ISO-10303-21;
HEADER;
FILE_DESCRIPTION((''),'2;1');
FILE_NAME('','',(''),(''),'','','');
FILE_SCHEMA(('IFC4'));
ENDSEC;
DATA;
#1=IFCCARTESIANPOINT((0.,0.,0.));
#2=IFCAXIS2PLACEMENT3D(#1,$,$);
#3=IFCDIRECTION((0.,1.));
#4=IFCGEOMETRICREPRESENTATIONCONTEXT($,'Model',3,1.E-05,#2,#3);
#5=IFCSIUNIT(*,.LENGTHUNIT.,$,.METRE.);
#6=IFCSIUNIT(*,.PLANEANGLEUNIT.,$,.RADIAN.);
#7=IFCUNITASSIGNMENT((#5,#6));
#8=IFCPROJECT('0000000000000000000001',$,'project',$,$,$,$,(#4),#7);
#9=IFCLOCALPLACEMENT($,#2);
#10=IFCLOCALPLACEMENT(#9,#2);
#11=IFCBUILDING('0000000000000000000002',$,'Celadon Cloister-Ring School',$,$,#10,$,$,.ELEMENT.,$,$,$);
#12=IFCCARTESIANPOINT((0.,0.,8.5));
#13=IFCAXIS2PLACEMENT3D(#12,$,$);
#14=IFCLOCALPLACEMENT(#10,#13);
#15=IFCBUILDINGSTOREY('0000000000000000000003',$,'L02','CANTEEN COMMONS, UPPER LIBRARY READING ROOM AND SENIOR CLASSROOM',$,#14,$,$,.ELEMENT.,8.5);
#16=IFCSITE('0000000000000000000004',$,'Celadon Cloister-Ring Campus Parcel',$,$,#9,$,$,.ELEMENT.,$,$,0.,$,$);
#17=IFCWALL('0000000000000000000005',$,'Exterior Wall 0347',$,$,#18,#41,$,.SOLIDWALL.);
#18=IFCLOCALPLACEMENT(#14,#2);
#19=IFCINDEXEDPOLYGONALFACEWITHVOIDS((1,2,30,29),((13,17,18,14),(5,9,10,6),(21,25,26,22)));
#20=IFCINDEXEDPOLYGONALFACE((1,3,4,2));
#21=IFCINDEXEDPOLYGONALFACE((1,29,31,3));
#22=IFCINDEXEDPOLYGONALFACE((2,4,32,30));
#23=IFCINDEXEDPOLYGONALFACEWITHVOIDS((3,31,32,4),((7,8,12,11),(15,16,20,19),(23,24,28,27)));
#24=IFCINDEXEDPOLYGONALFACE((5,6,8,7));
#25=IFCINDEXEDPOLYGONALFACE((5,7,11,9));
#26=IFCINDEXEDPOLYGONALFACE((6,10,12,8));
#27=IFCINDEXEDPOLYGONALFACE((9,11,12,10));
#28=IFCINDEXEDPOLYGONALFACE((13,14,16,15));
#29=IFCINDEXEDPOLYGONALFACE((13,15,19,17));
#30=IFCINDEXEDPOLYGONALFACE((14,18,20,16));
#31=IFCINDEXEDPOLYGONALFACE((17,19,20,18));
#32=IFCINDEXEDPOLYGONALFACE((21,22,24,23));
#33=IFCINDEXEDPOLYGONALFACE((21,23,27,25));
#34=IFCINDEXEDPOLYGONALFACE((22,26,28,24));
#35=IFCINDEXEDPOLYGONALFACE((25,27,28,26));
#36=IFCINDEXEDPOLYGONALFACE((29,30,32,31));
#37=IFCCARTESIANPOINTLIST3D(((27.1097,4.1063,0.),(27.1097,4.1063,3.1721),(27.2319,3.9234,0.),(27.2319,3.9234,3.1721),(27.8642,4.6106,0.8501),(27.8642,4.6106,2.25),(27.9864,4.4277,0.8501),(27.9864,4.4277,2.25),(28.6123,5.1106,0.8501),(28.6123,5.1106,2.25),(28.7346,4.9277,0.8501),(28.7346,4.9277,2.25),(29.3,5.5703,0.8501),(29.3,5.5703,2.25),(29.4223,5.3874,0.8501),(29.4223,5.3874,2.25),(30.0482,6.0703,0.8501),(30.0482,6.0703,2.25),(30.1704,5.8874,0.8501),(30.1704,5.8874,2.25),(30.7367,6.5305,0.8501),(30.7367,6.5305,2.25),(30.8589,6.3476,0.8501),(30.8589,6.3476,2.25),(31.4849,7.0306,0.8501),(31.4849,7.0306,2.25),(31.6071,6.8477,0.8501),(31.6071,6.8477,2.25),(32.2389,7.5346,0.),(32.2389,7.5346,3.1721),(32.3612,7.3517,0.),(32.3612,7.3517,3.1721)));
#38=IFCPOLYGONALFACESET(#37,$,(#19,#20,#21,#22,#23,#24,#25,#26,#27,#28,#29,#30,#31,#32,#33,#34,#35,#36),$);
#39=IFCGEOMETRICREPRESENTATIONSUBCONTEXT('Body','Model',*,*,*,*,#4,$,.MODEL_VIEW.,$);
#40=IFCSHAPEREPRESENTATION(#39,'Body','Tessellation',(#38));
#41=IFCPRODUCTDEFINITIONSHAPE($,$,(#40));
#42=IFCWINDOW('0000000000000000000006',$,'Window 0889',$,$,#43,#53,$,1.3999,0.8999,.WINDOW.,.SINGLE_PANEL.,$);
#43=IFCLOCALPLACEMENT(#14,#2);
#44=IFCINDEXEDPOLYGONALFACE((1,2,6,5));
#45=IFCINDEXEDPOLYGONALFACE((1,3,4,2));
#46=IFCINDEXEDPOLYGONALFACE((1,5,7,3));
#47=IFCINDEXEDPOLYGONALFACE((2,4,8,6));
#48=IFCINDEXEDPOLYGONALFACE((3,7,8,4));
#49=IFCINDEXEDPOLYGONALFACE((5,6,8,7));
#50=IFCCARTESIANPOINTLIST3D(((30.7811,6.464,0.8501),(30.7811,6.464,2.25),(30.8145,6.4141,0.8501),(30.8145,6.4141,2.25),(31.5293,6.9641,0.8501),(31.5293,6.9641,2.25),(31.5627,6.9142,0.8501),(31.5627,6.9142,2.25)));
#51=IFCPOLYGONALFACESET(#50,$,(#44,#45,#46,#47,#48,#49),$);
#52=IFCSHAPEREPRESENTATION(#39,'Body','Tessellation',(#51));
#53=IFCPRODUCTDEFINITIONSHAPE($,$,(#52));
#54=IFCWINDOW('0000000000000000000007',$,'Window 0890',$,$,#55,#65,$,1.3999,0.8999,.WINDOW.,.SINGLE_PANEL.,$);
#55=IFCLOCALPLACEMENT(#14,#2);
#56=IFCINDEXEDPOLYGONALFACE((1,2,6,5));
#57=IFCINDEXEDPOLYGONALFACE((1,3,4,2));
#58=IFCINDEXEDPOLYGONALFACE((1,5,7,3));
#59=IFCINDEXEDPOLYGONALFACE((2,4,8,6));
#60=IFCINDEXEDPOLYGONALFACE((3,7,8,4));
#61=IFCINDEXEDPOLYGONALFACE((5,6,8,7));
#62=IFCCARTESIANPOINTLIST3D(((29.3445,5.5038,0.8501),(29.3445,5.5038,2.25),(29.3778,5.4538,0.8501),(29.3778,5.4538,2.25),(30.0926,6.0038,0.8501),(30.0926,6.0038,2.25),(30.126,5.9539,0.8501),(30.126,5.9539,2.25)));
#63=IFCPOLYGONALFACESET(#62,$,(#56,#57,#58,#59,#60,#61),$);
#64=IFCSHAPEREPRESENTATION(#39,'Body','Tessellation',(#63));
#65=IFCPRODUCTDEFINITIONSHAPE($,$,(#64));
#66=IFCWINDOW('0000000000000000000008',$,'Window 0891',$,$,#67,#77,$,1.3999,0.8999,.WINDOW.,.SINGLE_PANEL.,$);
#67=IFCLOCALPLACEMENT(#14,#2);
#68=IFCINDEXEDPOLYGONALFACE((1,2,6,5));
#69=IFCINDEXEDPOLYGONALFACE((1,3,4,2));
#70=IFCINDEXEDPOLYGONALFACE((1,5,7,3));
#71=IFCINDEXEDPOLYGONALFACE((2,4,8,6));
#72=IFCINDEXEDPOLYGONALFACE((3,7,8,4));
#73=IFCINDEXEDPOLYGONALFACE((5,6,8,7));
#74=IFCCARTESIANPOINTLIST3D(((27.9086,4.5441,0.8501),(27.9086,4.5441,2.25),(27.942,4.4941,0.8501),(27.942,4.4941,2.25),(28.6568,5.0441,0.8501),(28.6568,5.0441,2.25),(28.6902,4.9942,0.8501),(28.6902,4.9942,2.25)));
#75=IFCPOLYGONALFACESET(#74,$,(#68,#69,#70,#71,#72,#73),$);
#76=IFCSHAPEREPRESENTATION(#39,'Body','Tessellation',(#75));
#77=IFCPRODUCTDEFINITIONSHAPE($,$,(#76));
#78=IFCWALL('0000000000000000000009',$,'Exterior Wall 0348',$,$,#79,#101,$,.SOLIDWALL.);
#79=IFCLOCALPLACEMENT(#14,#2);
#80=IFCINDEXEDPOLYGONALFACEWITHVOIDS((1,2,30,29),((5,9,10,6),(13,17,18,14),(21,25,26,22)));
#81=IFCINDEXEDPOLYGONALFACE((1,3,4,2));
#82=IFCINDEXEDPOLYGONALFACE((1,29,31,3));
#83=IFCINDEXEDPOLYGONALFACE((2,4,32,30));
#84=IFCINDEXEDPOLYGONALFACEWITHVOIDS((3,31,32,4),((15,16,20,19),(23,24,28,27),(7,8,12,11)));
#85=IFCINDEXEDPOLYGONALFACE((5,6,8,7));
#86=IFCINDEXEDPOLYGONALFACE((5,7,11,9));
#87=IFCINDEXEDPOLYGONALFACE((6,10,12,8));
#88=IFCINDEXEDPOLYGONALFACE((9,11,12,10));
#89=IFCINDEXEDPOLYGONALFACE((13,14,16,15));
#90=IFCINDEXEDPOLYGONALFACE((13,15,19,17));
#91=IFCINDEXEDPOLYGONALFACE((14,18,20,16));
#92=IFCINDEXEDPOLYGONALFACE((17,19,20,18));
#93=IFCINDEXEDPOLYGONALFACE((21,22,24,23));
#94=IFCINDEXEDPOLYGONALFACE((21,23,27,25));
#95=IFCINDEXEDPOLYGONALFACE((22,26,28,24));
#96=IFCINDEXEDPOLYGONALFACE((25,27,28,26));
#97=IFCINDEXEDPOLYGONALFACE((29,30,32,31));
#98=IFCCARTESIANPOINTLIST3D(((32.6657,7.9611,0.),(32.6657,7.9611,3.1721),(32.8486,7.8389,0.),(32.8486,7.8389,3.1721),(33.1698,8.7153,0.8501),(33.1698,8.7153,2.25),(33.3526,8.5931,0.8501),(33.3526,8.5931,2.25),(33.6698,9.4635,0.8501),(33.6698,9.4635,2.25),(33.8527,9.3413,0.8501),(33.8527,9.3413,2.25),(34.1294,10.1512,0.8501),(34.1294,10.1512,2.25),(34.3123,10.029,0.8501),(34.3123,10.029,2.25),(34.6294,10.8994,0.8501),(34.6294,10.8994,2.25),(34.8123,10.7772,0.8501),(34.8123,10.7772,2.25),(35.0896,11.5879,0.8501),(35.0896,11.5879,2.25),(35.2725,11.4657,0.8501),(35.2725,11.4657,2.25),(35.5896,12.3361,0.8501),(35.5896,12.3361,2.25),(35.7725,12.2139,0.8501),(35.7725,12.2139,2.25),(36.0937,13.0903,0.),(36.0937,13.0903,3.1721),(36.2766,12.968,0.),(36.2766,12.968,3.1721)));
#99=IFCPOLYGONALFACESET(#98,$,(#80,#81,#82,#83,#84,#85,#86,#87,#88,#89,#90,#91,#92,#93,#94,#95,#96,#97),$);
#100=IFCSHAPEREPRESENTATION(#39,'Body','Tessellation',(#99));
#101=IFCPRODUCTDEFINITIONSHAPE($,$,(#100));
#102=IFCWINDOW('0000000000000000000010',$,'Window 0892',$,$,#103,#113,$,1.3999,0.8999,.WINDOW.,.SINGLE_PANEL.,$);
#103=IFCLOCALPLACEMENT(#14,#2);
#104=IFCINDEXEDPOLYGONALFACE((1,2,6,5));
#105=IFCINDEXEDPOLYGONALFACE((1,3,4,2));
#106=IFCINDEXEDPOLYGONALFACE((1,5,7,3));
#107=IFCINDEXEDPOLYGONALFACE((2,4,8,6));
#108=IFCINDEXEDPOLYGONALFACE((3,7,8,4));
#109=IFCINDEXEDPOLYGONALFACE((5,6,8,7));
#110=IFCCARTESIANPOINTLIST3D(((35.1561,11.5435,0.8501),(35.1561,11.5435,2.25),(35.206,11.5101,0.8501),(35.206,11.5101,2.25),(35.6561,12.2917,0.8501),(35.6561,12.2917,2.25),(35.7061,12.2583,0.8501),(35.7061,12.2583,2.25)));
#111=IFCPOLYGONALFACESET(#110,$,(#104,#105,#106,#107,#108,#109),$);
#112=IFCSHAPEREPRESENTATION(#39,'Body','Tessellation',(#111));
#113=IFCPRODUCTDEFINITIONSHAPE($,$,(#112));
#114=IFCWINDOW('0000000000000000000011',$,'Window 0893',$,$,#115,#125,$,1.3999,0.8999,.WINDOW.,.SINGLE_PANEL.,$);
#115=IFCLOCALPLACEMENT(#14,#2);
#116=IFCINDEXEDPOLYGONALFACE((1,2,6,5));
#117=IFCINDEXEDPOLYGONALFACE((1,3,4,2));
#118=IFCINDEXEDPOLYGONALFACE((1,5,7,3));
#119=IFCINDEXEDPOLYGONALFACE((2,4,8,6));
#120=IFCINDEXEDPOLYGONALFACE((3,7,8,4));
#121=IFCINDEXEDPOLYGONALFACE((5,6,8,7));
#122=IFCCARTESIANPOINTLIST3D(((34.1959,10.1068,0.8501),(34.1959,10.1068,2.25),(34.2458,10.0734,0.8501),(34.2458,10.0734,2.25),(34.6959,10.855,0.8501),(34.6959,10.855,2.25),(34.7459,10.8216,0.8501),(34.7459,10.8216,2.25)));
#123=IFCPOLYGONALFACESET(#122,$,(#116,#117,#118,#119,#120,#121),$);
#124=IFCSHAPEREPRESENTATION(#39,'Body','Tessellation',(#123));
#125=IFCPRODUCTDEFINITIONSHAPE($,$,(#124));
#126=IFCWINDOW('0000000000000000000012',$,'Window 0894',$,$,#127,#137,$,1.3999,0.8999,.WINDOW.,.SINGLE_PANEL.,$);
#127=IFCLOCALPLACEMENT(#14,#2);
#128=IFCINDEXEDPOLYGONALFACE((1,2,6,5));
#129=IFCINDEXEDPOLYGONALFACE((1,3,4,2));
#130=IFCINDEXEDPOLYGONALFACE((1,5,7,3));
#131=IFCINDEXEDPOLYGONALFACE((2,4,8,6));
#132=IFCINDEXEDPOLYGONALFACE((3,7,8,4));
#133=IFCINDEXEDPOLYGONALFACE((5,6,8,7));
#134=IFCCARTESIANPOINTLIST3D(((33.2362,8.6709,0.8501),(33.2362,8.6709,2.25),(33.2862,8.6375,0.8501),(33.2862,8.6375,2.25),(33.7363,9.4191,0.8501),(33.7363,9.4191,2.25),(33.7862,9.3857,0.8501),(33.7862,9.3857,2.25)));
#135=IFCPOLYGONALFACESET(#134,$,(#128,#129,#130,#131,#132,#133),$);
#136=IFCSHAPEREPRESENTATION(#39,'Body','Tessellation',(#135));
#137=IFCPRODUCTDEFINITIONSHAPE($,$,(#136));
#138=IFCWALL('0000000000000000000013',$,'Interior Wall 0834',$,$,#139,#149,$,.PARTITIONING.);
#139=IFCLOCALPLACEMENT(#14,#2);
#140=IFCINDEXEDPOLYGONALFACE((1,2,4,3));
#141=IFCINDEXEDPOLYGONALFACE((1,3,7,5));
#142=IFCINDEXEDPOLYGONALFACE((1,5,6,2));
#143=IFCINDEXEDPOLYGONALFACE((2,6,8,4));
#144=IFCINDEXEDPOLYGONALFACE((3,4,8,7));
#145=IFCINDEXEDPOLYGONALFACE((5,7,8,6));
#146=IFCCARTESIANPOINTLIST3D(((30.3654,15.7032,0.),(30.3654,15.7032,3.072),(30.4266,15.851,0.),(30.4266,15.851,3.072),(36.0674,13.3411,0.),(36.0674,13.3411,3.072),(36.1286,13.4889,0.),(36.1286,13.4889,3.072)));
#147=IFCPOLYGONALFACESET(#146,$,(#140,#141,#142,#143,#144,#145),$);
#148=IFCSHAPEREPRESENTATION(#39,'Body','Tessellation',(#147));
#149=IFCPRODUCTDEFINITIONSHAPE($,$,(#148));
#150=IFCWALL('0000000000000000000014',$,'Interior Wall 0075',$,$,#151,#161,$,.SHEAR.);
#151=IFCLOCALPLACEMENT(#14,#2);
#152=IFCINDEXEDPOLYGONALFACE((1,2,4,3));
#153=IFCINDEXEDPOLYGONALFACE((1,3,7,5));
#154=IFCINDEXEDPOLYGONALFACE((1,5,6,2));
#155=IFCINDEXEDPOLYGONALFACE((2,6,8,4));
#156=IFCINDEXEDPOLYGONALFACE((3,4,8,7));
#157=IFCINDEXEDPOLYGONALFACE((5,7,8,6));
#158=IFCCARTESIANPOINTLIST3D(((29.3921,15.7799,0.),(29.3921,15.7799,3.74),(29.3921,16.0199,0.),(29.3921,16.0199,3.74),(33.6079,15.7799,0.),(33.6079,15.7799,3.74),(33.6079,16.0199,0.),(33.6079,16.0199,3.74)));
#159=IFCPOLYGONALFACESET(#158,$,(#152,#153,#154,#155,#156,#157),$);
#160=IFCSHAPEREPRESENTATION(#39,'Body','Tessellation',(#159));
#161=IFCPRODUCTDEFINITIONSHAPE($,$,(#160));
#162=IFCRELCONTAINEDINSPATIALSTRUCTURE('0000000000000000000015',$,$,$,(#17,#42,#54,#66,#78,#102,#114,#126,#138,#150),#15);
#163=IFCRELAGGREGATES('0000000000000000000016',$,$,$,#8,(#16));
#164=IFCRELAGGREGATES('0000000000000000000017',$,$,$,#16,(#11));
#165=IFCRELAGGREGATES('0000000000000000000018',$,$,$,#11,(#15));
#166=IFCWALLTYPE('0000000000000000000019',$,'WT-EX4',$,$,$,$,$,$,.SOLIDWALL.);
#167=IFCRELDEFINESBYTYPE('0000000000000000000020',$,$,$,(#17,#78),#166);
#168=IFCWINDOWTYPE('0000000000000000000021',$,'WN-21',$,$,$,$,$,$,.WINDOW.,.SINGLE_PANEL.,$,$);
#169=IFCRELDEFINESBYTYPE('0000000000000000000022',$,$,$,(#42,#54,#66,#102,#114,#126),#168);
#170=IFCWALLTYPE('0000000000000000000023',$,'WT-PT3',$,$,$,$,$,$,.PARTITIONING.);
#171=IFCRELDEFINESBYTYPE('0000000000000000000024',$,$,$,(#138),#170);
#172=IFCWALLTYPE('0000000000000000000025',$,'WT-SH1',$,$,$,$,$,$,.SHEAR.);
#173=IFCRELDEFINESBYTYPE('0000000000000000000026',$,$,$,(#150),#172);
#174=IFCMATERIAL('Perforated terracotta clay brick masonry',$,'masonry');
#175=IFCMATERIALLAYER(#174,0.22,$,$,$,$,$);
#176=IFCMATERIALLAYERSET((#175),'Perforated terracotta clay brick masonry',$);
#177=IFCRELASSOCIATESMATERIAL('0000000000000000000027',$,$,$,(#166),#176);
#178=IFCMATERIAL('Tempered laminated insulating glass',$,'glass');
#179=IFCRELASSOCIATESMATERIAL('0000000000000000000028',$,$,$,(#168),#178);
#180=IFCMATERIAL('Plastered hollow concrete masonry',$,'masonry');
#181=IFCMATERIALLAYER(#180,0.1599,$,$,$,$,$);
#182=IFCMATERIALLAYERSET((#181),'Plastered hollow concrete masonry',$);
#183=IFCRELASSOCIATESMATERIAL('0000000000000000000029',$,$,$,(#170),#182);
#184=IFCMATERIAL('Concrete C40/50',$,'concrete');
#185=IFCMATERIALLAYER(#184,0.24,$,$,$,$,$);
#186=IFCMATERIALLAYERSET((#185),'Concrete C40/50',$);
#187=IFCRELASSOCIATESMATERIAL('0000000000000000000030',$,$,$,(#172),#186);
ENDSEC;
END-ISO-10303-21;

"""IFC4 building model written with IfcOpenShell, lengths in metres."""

from ifc_helpers import new_model, si_unit, direction, frame, frame_2d, origin, place, context, subcontext, project, spatial, rectangle, extrude, material, layer, layer_set, type_object, element, fill, save


model = new_model("IFC4")

# Units and contexts
model_context = context("Model", 3, precision=1e-05, world=origin(), true_north=direction((0.0, 1.0)))
body_context = subcontext(model_context, "Body", "Model", "MODEL_VIEW")
ifc_project = project(units=[si_unit("LENGTHUNIT", "METRE"), si_unit("PLANEANGLEUNIT", "RADIAN")], contexts=[model_context])

# Site, building, storey
site_placement = place(None, origin())
site = spatial("IfcSite", under=ifc_project, at=site_placement, Name="Celadon Cloister-Ring Campus Parcel", CompositionType="ELEMENT", RefElevation=0.0)
building_placement = place(site_placement, origin())
building = spatial("IfcBuilding", under=site, at=building_placement, Name="Celadon Cloister-Ring School", CompositionType="ELEMENT")
storey_placement = place(building_placement, frame((0.0, 0.0, 8.5)))
storey = spatial("IfcBuildingStorey", under=building, at=storey_placement, Name="L02", Description="CANTEEN COMMONS, UPPER LIBRARY READING ROOM AND SENIOR CLASSROOM", CompositionType="ELEMENT", Elevation=8.5)

# Walls, openings, windows
ifc_material_1 = material(Name="Perforated terracotta clay brick masonry", Category="masonry")
ifc_layer_1 = layer(ifc_material_1, 0.22)
ifc_layer_set_1 = layer_set([ifc_layer_1], Name="Perforated terracotta clay brick masonry")
wall_type_1 = type_object("IfcWallType", Name="WT-EX4", PredefinedType="SOLIDWALL", material=ifc_layer_set_1)
wall_1_placement = place(storey_placement, frame((32.3, 7.4431, 0.0), z_axis=(0.0, 0.0, 1.0), x_axis=(-0.831392, -0.555686, 0.0)))
wall_1 = element("IfcWall", 1, at=wall_1_placement, inside=storey, type_object=wall_type_1, Name="Exterior Wall 0347", PredefinedType="SOLIDWALL", context=body_context, shape_type="SweptSolid", body=[
    extrude(rectangle(XDim=6.1694, YDim=0.22, at=frame_2d((3.0847, 0.0))), origin(), (0.0, 0.0, 1.0), 3.1721),
])
opening_1_placement = place(wall_1_placement, frame((0.907, 0.0, 0.8501)))
opening_1 = element("IfcOpeningElement", 2, at=opening_1_placement, cuts=wall_1, PredefinedType="OPENING", context=body_context, shape_type="SweptSolid", body=[
    extrude(rectangle(XDim=0.8999, YDim=1.3999, at=frame_2d((0.45, 0.7))), frame((0.0, 0.1201, 0.0), z_axis=(0.0, -1.0, 0.0), x_axis=(1.0, 0.0, 0.0)), (0.0, 0.0, 1.0), 0.24),
])
opening_2_placement = place(wall_1_placement, frame((2.635, 0.0, 0.8501)))
opening_2 = element("IfcOpeningElement", 3, at=opening_2_placement, cuts=wall_1, PredefinedType="OPENING", context=body_context, shape_type="SweptSolid", body=[
    extrude(rectangle(XDim=0.8999, YDim=1.3999, at=frame_2d((0.45, 0.7))), frame((0.0, 0.1201, 0.0), z_axis=(0.0, -1.0, 0.0), x_axis=(1.0, 0.0, 0.0)), (0.0, 0.0, 1.0), 0.24),
])
opening_3_placement = place(wall_1_placement, frame((4.3621, 0.0, 0.8501)))
opening_3 = element("IfcOpeningElement", 4, at=opening_3_placement, cuts=wall_1, PredefinedType="OPENING", context=body_context, shape_type="SweptSolid", body=[
    extrude(rectangle(XDim=0.8999, YDim=1.3999, at=frame_2d((0.45, 0.7))), frame((0.0, 0.1201, 0.0), z_axis=(0.0, -1.0, 0.0), x_axis=(1.0, 0.0, 0.0)), (0.0, 0.0, 1.0), 0.24),
])
ifc_material_2 = material(Name="Tempered laminated insulating glass", Category="glass")
window_type = type_object("IfcWindowType", Name="WN-21", PartitioningType="SINGLE_PANEL", PredefinedType="WINDOW", material=ifc_material_2)
window_1_placement = place(opening_1_placement, origin())
window_1 = element("IfcWindow", 5, at=window_1_placement, inside=storey, type_object=window_type, Name="Window 0889", OverallHeight=1.3999, OverallWidth=0.8999, PartitioningType="SINGLE_PANEL", PredefinedType="WINDOW", context=body_context, shape_type="SweptSolid", body=[
    extrude(rectangle(XDim=0.8999, YDim=1.3999, at=frame_2d((0.45, 0.7))), frame((0.0, 0.03, 0.0), z_axis=(0.0, -1.0, 0.0), x_axis=(1.0, 0.0, 0.0)), (0.0, 0.0, 1.0), 0.0601),
])
fill(opening_1, window_1)
window_2_placement = place(opening_2_placement, origin())
window_2 = element("IfcWindow", 6, at=window_2_placement, inside=storey, type_object=window_type, Name="Window 0890", OverallHeight=1.3999, OverallWidth=0.8999, PartitioningType="SINGLE_PANEL", PredefinedType="WINDOW", context=body_context, shape_type="SweptSolid", body=[
    extrude(rectangle(XDim=0.8999, YDim=1.3999, at=frame_2d((0.45, 0.7))), frame((0.0, 0.03, 0.0), z_axis=(0.0, -1.0, 0.0), x_axis=(1.0, 0.0, 0.0)), (0.0, 0.0, 1.0), 0.0601),
])
fill(opening_2, window_2)
window_3_placement = place(opening_3_placement, origin())
window_3 = element("IfcWindow", 7, at=window_3_placement, inside=storey, type_object=window_type, Name="Window 0891", OverallHeight=1.3999, OverallWidth=0.8999, PartitioningType="SINGLE_PANEL", PredefinedType="WINDOW", context=body_context, shape_type="SweptSolid", body=[
    extrude(rectangle(XDim=0.8999, YDim=1.3999, at=frame_2d((0.45, 0.7))), frame((0.0, 0.03, 0.0), z_axis=(0.0, -1.0, 0.0), x_axis=(1.0, 0.0, 0.0)), (0.0, 0.0, 1.0), 0.0601),
])
fill(opening_3, window_3)
wall_2_placement = place(storey_placement, frame((36.1851, 13.0291, 0.0), z_axis=(0.0, 0.0, 1.0), x_axis=(-0.555659, -0.83141, 0.0)))
wall_2 = element("IfcWall", 8, at=wall_2_placement, inside=storey, type_object=wall_type_1, Name="Exterior Wall 0348", PredefinedType="SOLIDWALL", context=body_context, shape_type="SweptSolid", body=[
    extrude(rectangle(XDim=6.1692, YDim=0.22, at=frame_2d((3.0845, 0.0))), origin(), (0.0, 0.0, 1.0), 3.1721),
])
opening_4_placement = place(wall_2_placement, frame((0.907, 0.0, 0.8501)))
opening_4 = element("IfcOpeningElement", 9, at=opening_4_placement, cuts=wall_2, PredefinedType="OPENING", context=body_context, shape_type="SweptSolid", body=[
    extrude(rectangle(XDim=0.8999, YDim=1.3999, at=frame_2d((0.45, 0.7))), frame((0.0, 0.1201, 0.0), z_axis=(0.0, -1.0, 0.0), x_axis=(1.0, 0.0, 0.0)), (0.0, 0.0, 1.0), 0.24),
])
opening_5_placement = place(wall_2_placement, frame((2.635, 0.0, 0.8501)))
opening_5 = element("IfcOpeningElement", 10, at=opening_5_placement, cuts=wall_2, PredefinedType="OPENING", context=body_context, shape_type="SweptSolid", body=[
    extrude(rectangle(XDim=0.8999, YDim=1.3999, at=frame_2d((0.45, 0.7))), frame((0.0, 0.1201, 0.0), z_axis=(0.0, -1.0, 0.0), x_axis=(1.0, 0.0, 0.0)), (0.0, 0.0, 1.0), 0.24),
])
opening_6_placement = place(wall_2_placement, frame((4.3621, 0.0, 0.8501)))
opening_6 = element("IfcOpeningElement", 11, at=opening_6_placement, cuts=wall_2, PredefinedType="OPENING", context=body_context, shape_type="SweptSolid", body=[
    extrude(rectangle(XDim=0.8999, YDim=1.3999, at=frame_2d((0.45, 0.7))), frame((0.0, 0.1201, 0.0), z_axis=(0.0, -1.0, 0.0), x_axis=(1.0, 0.0, 0.0)), (0.0, 0.0, 1.0), 0.24),
])
window_4_placement = place(opening_4_placement, origin())
window_4 = element("IfcWindow", 12, at=window_4_placement, inside=storey, type_object=window_type, Name="Window 0892", OverallHeight=1.3999, OverallWidth=0.8999, PartitioningType="SINGLE_PANEL", PredefinedType="WINDOW", context=body_context, shape_type="SweptSolid", body=[
    extrude(rectangle(XDim=0.8999, YDim=1.3999, at=frame_2d((0.45, 0.7))), frame((0.0, 0.03, 0.0), z_axis=(0.0, -1.0, 0.0), x_axis=(1.0, 0.0, 0.0)), (0.0, 0.0, 1.0), 0.0601),
])
fill(opening_4, window_4)
window_5_placement = place(opening_5_placement, origin())
window_5 = element("IfcWindow", 13, at=window_5_placement, inside=storey, type_object=window_type, Name="Window 0893", OverallHeight=1.3999, OverallWidth=0.8999, PartitioningType="SINGLE_PANEL", PredefinedType="WINDOW", context=body_context, shape_type="SweptSolid", body=[
    extrude(rectangle(XDim=0.8999, YDim=1.3999, at=frame_2d((0.45, 0.7))), frame((0.0, 0.03, 0.0), z_axis=(0.0, -1.0, 0.0), x_axis=(1.0, 0.0, 0.0)), (0.0, 0.0, 1.0), 0.0601),
])
fill(opening_5, window_5)
window_6_placement = place(opening_6_placement, origin())
window_6 = element("IfcWindow", 14, at=window_6_placement, inside=storey, type_object=window_type, Name="Window 0894", OverallHeight=1.3999, OverallWidth=0.8999, PartitioningType="SINGLE_PANEL", PredefinedType="WINDOW", context=body_context, shape_type="SweptSolid", body=[
    extrude(rectangle(XDim=0.8999, YDim=1.3999, at=frame_2d((0.45, 0.7))), frame((0.0, 0.03, 0.0), z_axis=(0.0, -1.0, 0.0), x_axis=(1.0, 0.0, 0.0)), (0.0, 0.0, 1.0), 0.0601),
])
fill(opening_6, window_6)

# Walls
ifc_material_3 = material(Name="Plastered hollow concrete masonry", Category="masonry")
ifc_layer_2 = layer(ifc_material_3, 0.1599)
ifc_layer_set_2 = layer_set([ifc_layer_2], Name="Plastered hollow concrete masonry")
wall_type_2 = type_object("IfcWallType", Name="WT-PT3", PredefinedType="PARTITIONING", material=ifc_layer_set_2)
wall_3_placement = place(storey_placement, frame((30.396, 15.7771, 0.0), z_axis=(0.0, 0.0, 1.0), x_axis=(0.923865, -0.382719, 0.0)))
element("IfcWall", 15, at=wall_3_placement, inside=storey, type_object=wall_type_2, Name="Interior Wall 0834", PredefinedType="PARTITIONING", context=body_context, shape_type="SweptSolid", body=[
    extrude(rectangle(XDim=6.1719, YDim=0.1599, at=frame_2d((3.0859, 0.0))), origin(), (0.0, 0.0, 1.0), 3.072),
])
ifc_material_4 = material(Name="Concrete C40/50", Category="concrete")
ifc_layer_3 = layer(ifc_material_4, 0.24)
ifc_layer_set_3 = layer_set([ifc_layer_3], Name="Concrete C40/50")
wall_type_3 = type_object("IfcWallType", Name="WT-SH1", PredefinedType="SHEAR", material=ifc_layer_set_3)
wall_4_placement = place(storey_placement, frame((33.6079, 15.8999, 0.0), z_axis=(0.0, 0.0, 1.0), x_axis=(-1.0, 0.0, 0.0)))
element("IfcWall", 16, at=wall_4_placement, inside=storey, type_object=wall_type_3, Name="Interior Wall 0075", PredefinedType="SHEAR", context=body_context, shape_type="SweptSolid", body=[
    extrude(rectangle(XDim=4.2158, YDim=0.24, at=frame_2d((2.1079, 0.0))), origin(), (0.0, 0.0, 1.0), 3.74),
])

save(model, "model.ifc")
